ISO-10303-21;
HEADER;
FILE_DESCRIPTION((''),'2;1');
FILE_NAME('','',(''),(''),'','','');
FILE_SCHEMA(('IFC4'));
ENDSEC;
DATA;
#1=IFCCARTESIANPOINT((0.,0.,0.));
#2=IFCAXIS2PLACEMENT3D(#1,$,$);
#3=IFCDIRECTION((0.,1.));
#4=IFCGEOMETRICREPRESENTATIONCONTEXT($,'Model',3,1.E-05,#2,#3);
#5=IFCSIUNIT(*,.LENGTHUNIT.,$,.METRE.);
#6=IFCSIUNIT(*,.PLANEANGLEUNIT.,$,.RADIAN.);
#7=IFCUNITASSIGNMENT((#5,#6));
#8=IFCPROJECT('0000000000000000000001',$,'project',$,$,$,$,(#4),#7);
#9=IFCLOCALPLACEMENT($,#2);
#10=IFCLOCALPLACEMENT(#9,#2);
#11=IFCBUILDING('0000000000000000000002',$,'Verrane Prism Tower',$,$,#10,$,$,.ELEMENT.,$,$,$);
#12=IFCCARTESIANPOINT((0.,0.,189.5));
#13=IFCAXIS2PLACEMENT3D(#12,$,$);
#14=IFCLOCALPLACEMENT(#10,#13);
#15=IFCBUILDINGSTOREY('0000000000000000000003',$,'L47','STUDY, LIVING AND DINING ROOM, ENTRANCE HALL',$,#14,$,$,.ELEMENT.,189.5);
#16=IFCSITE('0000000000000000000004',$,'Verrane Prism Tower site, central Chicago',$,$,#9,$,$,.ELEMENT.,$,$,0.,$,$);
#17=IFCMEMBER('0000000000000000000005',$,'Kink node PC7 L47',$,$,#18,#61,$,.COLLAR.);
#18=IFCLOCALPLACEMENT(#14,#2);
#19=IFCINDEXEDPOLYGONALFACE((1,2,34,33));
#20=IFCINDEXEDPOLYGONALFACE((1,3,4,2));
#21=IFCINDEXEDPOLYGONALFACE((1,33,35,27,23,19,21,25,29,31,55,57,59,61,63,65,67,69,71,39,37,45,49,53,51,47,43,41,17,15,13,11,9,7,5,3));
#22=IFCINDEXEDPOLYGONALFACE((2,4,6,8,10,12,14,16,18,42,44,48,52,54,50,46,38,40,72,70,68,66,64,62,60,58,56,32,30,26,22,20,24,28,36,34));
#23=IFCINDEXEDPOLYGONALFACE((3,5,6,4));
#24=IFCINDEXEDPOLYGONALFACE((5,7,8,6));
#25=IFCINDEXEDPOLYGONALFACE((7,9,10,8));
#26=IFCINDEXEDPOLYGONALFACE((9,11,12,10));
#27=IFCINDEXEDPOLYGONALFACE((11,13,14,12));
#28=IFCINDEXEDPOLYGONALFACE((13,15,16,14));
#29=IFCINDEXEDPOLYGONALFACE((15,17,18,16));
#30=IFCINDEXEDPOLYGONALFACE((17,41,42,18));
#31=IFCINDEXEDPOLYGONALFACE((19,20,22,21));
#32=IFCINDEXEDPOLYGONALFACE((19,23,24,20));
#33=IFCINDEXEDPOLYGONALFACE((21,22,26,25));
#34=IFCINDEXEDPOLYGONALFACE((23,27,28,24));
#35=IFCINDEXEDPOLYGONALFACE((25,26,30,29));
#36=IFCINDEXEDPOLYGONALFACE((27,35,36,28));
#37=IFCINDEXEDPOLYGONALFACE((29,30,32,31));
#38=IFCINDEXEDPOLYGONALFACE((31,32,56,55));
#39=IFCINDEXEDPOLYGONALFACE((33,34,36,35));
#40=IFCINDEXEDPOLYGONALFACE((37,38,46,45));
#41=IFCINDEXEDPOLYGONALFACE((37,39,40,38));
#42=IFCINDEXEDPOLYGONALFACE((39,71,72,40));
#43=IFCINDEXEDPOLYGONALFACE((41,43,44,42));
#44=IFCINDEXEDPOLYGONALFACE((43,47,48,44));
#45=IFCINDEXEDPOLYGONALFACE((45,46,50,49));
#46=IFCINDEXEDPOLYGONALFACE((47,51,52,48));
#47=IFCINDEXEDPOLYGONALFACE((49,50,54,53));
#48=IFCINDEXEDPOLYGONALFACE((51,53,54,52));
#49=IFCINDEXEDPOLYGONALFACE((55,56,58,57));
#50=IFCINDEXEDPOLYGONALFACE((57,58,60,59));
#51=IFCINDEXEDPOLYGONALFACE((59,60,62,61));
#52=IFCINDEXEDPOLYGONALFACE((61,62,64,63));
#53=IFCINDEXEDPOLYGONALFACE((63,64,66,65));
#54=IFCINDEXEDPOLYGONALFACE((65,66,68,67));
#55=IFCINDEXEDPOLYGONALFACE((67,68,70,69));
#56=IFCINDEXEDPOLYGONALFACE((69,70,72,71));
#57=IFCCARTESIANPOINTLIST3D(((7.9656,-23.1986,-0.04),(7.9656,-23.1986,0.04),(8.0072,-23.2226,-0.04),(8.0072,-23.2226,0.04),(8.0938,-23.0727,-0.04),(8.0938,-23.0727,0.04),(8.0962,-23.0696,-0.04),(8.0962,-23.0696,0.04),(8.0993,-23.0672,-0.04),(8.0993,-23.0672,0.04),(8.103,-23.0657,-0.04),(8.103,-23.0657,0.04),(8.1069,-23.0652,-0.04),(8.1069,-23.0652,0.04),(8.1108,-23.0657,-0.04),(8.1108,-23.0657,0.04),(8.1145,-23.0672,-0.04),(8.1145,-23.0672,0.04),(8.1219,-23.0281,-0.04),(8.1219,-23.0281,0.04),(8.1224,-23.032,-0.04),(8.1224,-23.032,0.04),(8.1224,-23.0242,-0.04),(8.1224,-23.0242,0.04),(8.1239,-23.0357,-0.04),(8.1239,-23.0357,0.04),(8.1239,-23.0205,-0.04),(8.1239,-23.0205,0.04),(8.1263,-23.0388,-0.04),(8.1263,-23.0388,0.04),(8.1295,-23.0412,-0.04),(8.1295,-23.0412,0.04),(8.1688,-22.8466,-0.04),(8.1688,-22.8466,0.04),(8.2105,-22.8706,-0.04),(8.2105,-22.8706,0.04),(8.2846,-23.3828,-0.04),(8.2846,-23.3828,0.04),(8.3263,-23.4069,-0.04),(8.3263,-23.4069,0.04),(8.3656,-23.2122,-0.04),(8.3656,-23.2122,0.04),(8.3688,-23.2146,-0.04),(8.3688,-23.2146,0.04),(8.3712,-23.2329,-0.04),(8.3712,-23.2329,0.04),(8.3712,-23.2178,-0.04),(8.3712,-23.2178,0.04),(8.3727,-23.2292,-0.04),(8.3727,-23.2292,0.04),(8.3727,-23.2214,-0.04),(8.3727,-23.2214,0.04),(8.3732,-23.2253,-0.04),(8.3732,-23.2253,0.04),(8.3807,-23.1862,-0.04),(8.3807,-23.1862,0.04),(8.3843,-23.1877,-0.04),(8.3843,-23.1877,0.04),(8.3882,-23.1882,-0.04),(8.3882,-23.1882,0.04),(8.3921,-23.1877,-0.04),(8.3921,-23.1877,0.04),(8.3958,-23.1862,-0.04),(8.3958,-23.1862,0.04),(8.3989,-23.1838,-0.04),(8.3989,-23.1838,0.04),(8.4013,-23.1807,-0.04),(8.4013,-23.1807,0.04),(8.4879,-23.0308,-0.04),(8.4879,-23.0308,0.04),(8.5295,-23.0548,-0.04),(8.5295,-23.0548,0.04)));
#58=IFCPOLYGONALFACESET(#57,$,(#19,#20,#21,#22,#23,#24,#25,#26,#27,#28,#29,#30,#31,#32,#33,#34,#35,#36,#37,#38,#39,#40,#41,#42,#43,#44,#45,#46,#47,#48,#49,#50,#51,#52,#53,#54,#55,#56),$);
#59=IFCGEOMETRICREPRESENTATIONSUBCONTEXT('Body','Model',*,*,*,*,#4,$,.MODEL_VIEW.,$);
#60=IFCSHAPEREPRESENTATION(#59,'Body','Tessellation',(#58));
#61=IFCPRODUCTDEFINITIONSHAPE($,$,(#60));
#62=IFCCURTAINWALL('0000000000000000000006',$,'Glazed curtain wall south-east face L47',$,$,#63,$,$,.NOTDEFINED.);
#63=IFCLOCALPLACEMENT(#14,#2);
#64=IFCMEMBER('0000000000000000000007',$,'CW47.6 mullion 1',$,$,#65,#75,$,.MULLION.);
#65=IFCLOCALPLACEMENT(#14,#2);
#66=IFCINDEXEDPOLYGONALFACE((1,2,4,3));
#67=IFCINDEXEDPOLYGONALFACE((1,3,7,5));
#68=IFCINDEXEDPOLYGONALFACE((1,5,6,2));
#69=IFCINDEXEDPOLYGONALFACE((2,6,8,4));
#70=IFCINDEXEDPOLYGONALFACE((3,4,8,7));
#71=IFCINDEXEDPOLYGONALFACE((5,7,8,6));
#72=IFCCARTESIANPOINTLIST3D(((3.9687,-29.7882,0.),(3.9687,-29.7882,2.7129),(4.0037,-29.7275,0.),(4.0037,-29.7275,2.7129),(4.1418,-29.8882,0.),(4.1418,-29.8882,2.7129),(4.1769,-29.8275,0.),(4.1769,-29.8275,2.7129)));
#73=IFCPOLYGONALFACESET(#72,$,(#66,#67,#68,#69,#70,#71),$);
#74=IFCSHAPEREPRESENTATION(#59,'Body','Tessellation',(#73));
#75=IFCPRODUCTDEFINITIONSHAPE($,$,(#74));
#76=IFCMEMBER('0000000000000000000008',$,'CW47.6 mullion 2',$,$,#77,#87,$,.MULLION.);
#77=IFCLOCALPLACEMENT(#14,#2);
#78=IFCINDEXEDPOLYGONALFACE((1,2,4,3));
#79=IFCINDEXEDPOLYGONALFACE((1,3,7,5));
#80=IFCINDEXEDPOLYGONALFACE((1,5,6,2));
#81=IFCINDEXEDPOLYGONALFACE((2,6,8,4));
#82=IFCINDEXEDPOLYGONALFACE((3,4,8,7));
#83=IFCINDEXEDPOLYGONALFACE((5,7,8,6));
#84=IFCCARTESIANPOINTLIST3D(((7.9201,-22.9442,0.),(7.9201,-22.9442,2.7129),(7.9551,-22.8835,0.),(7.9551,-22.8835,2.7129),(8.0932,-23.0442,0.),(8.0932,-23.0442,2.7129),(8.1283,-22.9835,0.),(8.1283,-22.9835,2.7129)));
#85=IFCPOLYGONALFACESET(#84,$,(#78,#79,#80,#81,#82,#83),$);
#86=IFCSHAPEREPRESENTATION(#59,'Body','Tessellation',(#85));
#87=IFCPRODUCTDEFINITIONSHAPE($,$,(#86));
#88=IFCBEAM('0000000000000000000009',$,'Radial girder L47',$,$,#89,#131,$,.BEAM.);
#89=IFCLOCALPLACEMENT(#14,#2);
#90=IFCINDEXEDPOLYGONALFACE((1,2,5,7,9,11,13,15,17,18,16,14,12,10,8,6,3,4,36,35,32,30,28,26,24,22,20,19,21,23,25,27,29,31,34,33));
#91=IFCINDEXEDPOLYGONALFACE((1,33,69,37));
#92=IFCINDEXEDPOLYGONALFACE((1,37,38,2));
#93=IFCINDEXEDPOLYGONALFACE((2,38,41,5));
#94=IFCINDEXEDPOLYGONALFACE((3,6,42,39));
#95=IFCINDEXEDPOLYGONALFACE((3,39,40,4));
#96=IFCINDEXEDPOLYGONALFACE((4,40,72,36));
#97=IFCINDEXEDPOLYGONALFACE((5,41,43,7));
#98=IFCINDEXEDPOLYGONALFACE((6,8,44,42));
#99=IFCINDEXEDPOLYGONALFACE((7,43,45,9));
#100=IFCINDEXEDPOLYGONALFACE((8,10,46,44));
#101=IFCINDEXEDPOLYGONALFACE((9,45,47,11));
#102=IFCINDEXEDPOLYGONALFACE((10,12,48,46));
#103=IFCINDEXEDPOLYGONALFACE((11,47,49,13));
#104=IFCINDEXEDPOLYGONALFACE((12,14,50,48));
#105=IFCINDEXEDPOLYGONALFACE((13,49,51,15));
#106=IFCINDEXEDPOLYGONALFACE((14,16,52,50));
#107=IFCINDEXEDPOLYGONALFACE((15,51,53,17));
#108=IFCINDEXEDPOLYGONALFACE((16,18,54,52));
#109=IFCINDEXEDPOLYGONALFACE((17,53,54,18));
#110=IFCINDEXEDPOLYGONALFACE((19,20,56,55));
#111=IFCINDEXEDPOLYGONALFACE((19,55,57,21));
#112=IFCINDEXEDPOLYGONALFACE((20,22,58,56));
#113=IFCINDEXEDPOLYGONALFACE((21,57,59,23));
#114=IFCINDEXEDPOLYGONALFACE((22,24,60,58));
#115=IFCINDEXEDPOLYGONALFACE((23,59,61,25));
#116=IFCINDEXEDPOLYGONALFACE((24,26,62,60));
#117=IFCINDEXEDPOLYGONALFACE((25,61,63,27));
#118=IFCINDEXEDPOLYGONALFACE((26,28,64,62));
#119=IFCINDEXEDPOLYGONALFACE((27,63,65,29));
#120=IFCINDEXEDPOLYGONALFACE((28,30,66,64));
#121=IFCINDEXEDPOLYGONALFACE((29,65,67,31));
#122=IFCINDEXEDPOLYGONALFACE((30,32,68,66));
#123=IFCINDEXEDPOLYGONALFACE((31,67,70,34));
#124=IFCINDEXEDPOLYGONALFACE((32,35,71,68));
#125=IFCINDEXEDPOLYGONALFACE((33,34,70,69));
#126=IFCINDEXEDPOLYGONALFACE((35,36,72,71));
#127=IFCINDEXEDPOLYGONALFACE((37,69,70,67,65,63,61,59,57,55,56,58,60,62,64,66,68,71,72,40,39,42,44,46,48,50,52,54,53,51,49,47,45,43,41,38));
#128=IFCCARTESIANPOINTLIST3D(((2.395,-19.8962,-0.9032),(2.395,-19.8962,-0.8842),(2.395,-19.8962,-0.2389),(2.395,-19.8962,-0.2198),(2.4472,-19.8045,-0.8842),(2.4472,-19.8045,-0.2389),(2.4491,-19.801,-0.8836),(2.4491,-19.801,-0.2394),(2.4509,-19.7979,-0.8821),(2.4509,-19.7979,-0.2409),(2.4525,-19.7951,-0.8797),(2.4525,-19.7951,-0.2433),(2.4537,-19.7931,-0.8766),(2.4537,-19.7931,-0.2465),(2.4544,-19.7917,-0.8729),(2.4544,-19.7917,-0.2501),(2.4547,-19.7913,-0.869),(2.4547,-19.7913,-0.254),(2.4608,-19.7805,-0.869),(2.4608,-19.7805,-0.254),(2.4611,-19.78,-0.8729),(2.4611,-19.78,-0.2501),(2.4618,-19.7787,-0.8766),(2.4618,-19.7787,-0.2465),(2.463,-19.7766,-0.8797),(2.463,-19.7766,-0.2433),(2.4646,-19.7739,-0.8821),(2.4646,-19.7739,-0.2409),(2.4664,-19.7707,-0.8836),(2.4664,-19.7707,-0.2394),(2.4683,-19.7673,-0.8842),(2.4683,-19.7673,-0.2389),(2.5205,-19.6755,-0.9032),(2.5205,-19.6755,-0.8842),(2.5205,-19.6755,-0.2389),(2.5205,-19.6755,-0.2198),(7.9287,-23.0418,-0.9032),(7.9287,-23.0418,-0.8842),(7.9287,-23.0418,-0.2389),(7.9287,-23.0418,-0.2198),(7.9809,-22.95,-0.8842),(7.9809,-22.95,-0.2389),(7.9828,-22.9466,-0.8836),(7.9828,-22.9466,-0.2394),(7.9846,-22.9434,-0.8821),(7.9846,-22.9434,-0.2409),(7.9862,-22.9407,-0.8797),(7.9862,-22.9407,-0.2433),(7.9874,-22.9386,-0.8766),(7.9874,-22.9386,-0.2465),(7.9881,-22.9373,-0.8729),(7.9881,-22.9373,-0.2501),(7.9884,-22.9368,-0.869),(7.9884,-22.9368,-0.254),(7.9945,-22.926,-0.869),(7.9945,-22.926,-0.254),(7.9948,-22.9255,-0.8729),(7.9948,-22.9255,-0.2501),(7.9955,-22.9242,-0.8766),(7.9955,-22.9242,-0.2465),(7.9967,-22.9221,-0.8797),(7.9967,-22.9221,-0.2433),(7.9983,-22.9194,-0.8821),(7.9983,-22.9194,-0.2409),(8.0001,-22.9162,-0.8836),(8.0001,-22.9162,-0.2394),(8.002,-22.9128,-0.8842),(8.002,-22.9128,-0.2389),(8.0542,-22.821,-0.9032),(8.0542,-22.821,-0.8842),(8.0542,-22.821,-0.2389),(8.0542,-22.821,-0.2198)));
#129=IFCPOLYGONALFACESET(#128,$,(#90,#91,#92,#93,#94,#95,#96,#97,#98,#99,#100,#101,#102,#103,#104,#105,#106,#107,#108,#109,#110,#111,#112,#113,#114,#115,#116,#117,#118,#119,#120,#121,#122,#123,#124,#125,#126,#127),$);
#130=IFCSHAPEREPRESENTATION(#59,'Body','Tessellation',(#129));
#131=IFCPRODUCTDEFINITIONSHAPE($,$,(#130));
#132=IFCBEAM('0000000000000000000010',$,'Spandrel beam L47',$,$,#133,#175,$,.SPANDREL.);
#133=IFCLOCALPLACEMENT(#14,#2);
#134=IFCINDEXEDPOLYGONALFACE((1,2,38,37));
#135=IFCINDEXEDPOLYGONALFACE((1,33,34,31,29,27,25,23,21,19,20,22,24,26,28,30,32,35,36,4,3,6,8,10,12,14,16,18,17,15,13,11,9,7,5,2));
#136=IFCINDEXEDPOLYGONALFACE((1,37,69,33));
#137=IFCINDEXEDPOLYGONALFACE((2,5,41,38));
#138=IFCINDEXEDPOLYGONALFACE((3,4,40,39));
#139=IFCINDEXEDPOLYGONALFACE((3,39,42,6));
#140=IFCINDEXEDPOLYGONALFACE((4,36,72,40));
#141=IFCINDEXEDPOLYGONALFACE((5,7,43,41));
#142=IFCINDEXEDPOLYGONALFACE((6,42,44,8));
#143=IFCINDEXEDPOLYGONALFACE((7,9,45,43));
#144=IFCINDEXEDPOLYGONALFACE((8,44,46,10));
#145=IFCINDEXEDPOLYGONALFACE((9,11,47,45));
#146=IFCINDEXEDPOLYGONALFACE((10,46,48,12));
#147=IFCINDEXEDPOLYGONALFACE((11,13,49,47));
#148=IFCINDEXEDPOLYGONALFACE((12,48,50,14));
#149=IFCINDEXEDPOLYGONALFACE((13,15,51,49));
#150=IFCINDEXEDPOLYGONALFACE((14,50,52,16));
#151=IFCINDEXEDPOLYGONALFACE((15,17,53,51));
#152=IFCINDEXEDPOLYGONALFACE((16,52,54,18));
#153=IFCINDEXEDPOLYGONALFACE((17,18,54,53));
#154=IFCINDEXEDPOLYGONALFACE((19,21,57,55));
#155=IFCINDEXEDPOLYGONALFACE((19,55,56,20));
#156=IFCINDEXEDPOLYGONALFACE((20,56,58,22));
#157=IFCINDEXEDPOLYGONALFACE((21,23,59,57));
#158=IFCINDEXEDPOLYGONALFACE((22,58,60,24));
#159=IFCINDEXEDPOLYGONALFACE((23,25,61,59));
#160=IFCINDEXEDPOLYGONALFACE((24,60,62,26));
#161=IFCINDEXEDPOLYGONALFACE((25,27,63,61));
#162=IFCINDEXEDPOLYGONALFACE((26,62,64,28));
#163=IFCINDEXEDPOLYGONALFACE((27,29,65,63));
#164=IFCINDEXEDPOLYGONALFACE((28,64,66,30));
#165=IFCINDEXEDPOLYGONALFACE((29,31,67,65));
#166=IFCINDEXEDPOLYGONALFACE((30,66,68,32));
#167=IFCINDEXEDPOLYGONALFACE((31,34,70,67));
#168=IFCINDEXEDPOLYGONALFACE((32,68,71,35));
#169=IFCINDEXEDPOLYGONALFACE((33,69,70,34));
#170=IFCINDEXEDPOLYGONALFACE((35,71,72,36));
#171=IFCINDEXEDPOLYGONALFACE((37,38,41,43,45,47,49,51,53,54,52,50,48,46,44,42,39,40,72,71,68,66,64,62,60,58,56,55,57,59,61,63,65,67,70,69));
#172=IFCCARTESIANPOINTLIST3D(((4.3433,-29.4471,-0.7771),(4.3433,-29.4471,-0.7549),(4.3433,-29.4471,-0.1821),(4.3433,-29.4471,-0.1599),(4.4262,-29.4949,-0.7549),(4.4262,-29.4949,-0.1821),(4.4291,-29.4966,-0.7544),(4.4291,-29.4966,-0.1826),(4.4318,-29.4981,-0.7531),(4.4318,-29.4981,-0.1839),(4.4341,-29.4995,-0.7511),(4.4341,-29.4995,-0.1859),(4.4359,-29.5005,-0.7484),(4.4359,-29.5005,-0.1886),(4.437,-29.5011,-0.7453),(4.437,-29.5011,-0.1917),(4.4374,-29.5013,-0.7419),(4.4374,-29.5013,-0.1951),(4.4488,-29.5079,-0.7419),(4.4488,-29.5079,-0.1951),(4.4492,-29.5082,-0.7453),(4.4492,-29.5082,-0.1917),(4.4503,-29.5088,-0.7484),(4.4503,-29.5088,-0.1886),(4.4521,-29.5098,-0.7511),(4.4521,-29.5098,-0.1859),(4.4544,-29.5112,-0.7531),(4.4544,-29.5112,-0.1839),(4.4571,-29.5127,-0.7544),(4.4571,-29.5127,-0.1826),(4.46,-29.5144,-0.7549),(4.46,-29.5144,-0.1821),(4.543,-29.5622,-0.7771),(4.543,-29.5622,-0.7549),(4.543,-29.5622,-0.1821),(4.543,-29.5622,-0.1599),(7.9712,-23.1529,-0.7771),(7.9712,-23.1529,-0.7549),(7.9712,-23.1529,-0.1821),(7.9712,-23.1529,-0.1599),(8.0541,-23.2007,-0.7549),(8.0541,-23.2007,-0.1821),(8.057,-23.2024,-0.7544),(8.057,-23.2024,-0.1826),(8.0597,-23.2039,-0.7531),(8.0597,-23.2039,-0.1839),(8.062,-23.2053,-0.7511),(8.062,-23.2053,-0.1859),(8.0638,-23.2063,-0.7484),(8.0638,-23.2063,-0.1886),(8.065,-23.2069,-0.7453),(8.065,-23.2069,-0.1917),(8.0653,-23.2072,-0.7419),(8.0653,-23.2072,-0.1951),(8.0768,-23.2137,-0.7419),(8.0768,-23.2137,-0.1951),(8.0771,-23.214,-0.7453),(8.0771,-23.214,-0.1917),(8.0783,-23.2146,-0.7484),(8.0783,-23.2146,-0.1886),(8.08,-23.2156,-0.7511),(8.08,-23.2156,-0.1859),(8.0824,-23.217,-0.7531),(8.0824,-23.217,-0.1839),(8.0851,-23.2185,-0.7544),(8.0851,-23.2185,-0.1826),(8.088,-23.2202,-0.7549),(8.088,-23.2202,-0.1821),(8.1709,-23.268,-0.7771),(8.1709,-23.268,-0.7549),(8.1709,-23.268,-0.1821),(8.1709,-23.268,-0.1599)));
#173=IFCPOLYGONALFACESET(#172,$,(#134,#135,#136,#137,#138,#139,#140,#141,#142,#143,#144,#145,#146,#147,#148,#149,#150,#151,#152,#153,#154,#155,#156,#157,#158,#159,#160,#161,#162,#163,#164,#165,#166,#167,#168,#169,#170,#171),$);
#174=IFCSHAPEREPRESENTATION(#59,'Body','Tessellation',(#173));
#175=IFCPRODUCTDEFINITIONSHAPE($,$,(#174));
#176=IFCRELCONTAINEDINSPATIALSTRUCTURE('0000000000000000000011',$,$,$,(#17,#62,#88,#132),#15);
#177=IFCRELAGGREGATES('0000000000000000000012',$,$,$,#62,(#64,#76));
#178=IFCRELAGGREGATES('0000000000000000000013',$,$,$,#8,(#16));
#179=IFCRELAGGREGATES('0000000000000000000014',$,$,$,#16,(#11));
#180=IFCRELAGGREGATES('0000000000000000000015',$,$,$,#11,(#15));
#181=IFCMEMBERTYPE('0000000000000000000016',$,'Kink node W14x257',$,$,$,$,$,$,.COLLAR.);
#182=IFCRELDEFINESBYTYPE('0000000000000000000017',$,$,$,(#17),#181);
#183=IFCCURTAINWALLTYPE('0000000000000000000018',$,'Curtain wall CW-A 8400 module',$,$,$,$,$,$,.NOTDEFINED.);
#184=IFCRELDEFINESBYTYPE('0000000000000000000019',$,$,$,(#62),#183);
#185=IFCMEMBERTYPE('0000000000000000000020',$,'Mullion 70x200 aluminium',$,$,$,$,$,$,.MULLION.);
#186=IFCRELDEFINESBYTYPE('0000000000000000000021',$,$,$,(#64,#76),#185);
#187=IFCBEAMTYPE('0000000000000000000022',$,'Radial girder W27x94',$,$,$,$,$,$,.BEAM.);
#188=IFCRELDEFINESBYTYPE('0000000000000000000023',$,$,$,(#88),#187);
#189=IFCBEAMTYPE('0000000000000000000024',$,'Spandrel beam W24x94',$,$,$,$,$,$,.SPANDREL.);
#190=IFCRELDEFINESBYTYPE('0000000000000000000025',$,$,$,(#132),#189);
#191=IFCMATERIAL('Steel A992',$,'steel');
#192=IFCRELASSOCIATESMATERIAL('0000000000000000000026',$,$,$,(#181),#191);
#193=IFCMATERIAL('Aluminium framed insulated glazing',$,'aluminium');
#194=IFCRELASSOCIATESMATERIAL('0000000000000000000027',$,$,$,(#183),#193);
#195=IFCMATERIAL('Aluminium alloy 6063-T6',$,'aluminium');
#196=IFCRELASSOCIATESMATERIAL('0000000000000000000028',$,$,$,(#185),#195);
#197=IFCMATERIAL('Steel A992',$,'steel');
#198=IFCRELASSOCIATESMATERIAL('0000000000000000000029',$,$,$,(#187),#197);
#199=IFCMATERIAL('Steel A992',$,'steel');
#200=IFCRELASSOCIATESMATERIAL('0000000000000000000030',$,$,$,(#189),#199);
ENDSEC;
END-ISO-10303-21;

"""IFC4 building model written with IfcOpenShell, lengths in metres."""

from ifc_helpers import new_model, si_unit, direction, frame, origin, origin_2d, place, context, subcontext, project, spatial, rectangle, i_section, extrude, material, material_profile, profile_set, type_object, element, aggregate, save


model = new_model("IFC4")

# Units and contexts
model_context = context("Model", 3, precision=1e-05, world=origin(), true_north=direction((0.0, 1.0)))
body_context = subcontext(model_context, "Body", "Model", "MODEL_VIEW")
ifc_project = project(units=[si_unit("LENGTHUNIT", "METRE"), si_unit("PLANEANGLEUNIT", "RADIAN")], contexts=[model_context])

# Site, building, storey
site_placement = place(None, origin())
site = spatial("IfcSite", under=ifc_project, at=site_placement, Name="Verrane Prism Tower site, central Chicago", CompositionType="ELEMENT", RefElevation=0.0)
building_placement = place(site_placement, origin())
building = spatial("IfcBuilding", under=site, at=building_placement, Name="Verrane Prism Tower", CompositionType="ELEMENT")
storey_placement = place(building_placement, frame((0.0, 0.0, 189.5)))
storey = spatial("IfcBuildingStorey", under=building, at=storey_placement, Name="L47", Description="STUDY, LIVING AND DINING ROOM, ENTRANCE HALL", CompositionType="ELEMENT", Elevation=189.5)

# Member
ifc_material_1 = material(Name="Steel A992", Category="steel")
ifc_material_profile_1 = material_profile(ifc_material_1, i_section(OverallWidth=0.4065, OverallDepth=0.4165, WebThickness=0.03, FlangeThickness=0.0481, FilletRadius=0.0151, at=origin_2d()), Name="W14x257")
ifc_profile_set_1 = profile_set([ifc_material_profile_1], Name="Steel A992")
member_type_1 = type_object("IfcMemberType", Name="Kink node W14x257", PredefinedType="COLLAR", material=ifc_profile_set_1)
member_1_placement = place(storey_placement, frame((8.2476, -23.1267, -0.04), z_axis=(0.0, 0.0, 1.0), x_axis=(-0.5, -0.866025, 0.0)))
element("IfcMember", 1, at=member_1_placement, inside=storey, type_object=member_type_1, Name="Kink node PC7 L47", PredefinedType="COLLAR", context=body_context, shape_type="SweptSolid", body=[
    extrude(i_section(OverallWidth=0.4065, OverallDepth=0.4165, WebThickness=0.03, FlangeThickness=0.0481, FilletRadius=0.0151, at=origin_2d()), origin(), (0.0, 0.0, 1.0), 0.0801),
])

# Curtain wall, members
ifc_material_2 = material(Name="Aluminium framed insulated glazing", Category="aluminium")
curtain_wall_type_1 = type_object("IfcCurtainWallType", Name="Curtain wall CW-A 8400 module", PredefinedType="NOTDEFINED", material=ifc_material_2)
curtain_wall_1_placement = place(storey_placement, origin())
curtain_wall_1 = element("IfcCurtainWall", 2, at=curtain_wall_1_placement, inside=storey, type_object=curtain_wall_type_1, Name="Glazed curtain wall south-east face L47", PredefinedType="NOTDEFINED")
ifc_material_3 = material(Name="Aluminium alloy 6063-T6", Category="aluminium")
ifc_material_profile_2 = material_profile(ifc_material_3, rectangle(XDim=0.2, YDim=0.0701, at=origin_2d()), Name="Mullion 70x200 aluminium")
ifc_profile_set_2 = profile_set([ifc_material_profile_2], Name="Aluminium alloy 6063-T6")
member_type_2 = type_object("IfcMemberType", Name="Mullion 70x200 aluminium", PredefinedType="MULLION", material=ifc_profile_set_2)
member_2_placement = place(storey_placement, frame((4.0728, -29.8079, 0.0), z_axis=(0.0, 0.0, 1.0), x_axis=(-0.866026, 0.5, 0.0)))
member_2 = element("IfcMember", 3, at=member_2_placement, type_object=member_type_2, Name="CW47.6 mullion 1", PredefinedType="MULLION", context=body_context, shape_type="SweptSolid", body=[
    extrude(rectangle(XDim=0.2, YDim=0.0701, at=origin_2d()), origin(), (0.0, 0.0, 1.0), 2.7129),
])
member_3_placement = place(storey_placement, frame((8.0242, -22.9639, 0.0), z_axis=(0.0, 0.0, 1.0), x_axis=(-0.866026, 0.5, 0.0)))
member_3 = element("IfcMember", 4, at=member_3_placement, type_object=member_type_2, Name="CW47.6 mullion 2", PredefinedType="MULLION", context=body_context, shape_type="SweptSolid", body=[
    extrude(rectangle(XDim=0.2, YDim=0.0701, at=origin_2d()), origin(), (0.0, 0.0, 1.0), 2.7129),
])

# Beams
ifc_material_4 = material(Name="Steel A992", Category="steel")
ifc_material_profile_3 = material_profile(ifc_material_4, i_section(OverallWidth=0.2539, OverallDepth=0.6833, WebThickness=0.0125, FlangeThickness=0.019, FilletRadius=0.0151, at=origin_2d()), Name="W27x94")
ifc_profile_set_3 = profile_set([ifc_material_profile_3], Name="Steel A992")
beam_type_1 = type_object("IfcBeamType", Name="Radial girder W27x94", PredefinedType="BEAM", material=ifc_profile_set_3)
beam_1_placement = place(storey_placement, frame((7.9915, -22.9314, -0.5615), z_axis=(-0.869364, 0.494172, 0.0), x_axis=(-0.494172, -0.869364, 0.0)))
element("IfcBeam", 5, at=beam_1_placement, inside=storey, type_object=beam_type_1, Name="Radial girder L47", PredefinedType="BEAM", context=body_context, shape_type="SweptSolid", body=[
    extrude(i_section(OverallWidth=0.2539, OverallDepth=0.6833, WebThickness=0.0125, FlangeThickness=0.019, FilletRadius=0.0151, at=origin_2d()), origin(), (0.0, 0.0, 1.0), 6.3652),
])
ifc_material_5 = material(Name="Steel A992", Category="steel")
ifc_material_profile_4 = material_profile(ifc_material_5, i_section(OverallWidth=0.2305, OverallDepth=0.6172, WebThickness=0.0132, FlangeThickness=0.0222, FilletRadius=0.0129, at=origin_2d()), Name="W24x94")
ifc_profile_set_4 = profile_set([ifc_material_profile_4], Name="Steel A992")
beam_type_2 = type_object("IfcBeamType", Name="Spandrel beam W24x94", PredefinedType="SPANDREL", material=ifc_profile_set_4)
beam_2_placement = place(storey_placement, frame((4.4431, -29.5046, -0.4685), z_axis=(0.499378, 0.866384, 0.0), x_axis=(-0.866384, 0.499378, 0.0)))
element("IfcBeam", 6, at=beam_2_placement, inside=storey, type_object=beam_type_2, Name="Spandrel beam L47", PredefinedType="SPANDREL", context=body_context, shape_type="SweptSolid", body=[
    extrude(i_section(OverallWidth=0.2305, OverallDepth=0.6172, WebThickness=0.0132, FlangeThickness=0.0222, FilletRadius=0.0129, at=origin_2d()), origin(), (0.0, 0.0, 1.0), 7.2649),
])

aggregate(curtain_wall_1, [member_2, member_3])

save(model, "model.ifc")
